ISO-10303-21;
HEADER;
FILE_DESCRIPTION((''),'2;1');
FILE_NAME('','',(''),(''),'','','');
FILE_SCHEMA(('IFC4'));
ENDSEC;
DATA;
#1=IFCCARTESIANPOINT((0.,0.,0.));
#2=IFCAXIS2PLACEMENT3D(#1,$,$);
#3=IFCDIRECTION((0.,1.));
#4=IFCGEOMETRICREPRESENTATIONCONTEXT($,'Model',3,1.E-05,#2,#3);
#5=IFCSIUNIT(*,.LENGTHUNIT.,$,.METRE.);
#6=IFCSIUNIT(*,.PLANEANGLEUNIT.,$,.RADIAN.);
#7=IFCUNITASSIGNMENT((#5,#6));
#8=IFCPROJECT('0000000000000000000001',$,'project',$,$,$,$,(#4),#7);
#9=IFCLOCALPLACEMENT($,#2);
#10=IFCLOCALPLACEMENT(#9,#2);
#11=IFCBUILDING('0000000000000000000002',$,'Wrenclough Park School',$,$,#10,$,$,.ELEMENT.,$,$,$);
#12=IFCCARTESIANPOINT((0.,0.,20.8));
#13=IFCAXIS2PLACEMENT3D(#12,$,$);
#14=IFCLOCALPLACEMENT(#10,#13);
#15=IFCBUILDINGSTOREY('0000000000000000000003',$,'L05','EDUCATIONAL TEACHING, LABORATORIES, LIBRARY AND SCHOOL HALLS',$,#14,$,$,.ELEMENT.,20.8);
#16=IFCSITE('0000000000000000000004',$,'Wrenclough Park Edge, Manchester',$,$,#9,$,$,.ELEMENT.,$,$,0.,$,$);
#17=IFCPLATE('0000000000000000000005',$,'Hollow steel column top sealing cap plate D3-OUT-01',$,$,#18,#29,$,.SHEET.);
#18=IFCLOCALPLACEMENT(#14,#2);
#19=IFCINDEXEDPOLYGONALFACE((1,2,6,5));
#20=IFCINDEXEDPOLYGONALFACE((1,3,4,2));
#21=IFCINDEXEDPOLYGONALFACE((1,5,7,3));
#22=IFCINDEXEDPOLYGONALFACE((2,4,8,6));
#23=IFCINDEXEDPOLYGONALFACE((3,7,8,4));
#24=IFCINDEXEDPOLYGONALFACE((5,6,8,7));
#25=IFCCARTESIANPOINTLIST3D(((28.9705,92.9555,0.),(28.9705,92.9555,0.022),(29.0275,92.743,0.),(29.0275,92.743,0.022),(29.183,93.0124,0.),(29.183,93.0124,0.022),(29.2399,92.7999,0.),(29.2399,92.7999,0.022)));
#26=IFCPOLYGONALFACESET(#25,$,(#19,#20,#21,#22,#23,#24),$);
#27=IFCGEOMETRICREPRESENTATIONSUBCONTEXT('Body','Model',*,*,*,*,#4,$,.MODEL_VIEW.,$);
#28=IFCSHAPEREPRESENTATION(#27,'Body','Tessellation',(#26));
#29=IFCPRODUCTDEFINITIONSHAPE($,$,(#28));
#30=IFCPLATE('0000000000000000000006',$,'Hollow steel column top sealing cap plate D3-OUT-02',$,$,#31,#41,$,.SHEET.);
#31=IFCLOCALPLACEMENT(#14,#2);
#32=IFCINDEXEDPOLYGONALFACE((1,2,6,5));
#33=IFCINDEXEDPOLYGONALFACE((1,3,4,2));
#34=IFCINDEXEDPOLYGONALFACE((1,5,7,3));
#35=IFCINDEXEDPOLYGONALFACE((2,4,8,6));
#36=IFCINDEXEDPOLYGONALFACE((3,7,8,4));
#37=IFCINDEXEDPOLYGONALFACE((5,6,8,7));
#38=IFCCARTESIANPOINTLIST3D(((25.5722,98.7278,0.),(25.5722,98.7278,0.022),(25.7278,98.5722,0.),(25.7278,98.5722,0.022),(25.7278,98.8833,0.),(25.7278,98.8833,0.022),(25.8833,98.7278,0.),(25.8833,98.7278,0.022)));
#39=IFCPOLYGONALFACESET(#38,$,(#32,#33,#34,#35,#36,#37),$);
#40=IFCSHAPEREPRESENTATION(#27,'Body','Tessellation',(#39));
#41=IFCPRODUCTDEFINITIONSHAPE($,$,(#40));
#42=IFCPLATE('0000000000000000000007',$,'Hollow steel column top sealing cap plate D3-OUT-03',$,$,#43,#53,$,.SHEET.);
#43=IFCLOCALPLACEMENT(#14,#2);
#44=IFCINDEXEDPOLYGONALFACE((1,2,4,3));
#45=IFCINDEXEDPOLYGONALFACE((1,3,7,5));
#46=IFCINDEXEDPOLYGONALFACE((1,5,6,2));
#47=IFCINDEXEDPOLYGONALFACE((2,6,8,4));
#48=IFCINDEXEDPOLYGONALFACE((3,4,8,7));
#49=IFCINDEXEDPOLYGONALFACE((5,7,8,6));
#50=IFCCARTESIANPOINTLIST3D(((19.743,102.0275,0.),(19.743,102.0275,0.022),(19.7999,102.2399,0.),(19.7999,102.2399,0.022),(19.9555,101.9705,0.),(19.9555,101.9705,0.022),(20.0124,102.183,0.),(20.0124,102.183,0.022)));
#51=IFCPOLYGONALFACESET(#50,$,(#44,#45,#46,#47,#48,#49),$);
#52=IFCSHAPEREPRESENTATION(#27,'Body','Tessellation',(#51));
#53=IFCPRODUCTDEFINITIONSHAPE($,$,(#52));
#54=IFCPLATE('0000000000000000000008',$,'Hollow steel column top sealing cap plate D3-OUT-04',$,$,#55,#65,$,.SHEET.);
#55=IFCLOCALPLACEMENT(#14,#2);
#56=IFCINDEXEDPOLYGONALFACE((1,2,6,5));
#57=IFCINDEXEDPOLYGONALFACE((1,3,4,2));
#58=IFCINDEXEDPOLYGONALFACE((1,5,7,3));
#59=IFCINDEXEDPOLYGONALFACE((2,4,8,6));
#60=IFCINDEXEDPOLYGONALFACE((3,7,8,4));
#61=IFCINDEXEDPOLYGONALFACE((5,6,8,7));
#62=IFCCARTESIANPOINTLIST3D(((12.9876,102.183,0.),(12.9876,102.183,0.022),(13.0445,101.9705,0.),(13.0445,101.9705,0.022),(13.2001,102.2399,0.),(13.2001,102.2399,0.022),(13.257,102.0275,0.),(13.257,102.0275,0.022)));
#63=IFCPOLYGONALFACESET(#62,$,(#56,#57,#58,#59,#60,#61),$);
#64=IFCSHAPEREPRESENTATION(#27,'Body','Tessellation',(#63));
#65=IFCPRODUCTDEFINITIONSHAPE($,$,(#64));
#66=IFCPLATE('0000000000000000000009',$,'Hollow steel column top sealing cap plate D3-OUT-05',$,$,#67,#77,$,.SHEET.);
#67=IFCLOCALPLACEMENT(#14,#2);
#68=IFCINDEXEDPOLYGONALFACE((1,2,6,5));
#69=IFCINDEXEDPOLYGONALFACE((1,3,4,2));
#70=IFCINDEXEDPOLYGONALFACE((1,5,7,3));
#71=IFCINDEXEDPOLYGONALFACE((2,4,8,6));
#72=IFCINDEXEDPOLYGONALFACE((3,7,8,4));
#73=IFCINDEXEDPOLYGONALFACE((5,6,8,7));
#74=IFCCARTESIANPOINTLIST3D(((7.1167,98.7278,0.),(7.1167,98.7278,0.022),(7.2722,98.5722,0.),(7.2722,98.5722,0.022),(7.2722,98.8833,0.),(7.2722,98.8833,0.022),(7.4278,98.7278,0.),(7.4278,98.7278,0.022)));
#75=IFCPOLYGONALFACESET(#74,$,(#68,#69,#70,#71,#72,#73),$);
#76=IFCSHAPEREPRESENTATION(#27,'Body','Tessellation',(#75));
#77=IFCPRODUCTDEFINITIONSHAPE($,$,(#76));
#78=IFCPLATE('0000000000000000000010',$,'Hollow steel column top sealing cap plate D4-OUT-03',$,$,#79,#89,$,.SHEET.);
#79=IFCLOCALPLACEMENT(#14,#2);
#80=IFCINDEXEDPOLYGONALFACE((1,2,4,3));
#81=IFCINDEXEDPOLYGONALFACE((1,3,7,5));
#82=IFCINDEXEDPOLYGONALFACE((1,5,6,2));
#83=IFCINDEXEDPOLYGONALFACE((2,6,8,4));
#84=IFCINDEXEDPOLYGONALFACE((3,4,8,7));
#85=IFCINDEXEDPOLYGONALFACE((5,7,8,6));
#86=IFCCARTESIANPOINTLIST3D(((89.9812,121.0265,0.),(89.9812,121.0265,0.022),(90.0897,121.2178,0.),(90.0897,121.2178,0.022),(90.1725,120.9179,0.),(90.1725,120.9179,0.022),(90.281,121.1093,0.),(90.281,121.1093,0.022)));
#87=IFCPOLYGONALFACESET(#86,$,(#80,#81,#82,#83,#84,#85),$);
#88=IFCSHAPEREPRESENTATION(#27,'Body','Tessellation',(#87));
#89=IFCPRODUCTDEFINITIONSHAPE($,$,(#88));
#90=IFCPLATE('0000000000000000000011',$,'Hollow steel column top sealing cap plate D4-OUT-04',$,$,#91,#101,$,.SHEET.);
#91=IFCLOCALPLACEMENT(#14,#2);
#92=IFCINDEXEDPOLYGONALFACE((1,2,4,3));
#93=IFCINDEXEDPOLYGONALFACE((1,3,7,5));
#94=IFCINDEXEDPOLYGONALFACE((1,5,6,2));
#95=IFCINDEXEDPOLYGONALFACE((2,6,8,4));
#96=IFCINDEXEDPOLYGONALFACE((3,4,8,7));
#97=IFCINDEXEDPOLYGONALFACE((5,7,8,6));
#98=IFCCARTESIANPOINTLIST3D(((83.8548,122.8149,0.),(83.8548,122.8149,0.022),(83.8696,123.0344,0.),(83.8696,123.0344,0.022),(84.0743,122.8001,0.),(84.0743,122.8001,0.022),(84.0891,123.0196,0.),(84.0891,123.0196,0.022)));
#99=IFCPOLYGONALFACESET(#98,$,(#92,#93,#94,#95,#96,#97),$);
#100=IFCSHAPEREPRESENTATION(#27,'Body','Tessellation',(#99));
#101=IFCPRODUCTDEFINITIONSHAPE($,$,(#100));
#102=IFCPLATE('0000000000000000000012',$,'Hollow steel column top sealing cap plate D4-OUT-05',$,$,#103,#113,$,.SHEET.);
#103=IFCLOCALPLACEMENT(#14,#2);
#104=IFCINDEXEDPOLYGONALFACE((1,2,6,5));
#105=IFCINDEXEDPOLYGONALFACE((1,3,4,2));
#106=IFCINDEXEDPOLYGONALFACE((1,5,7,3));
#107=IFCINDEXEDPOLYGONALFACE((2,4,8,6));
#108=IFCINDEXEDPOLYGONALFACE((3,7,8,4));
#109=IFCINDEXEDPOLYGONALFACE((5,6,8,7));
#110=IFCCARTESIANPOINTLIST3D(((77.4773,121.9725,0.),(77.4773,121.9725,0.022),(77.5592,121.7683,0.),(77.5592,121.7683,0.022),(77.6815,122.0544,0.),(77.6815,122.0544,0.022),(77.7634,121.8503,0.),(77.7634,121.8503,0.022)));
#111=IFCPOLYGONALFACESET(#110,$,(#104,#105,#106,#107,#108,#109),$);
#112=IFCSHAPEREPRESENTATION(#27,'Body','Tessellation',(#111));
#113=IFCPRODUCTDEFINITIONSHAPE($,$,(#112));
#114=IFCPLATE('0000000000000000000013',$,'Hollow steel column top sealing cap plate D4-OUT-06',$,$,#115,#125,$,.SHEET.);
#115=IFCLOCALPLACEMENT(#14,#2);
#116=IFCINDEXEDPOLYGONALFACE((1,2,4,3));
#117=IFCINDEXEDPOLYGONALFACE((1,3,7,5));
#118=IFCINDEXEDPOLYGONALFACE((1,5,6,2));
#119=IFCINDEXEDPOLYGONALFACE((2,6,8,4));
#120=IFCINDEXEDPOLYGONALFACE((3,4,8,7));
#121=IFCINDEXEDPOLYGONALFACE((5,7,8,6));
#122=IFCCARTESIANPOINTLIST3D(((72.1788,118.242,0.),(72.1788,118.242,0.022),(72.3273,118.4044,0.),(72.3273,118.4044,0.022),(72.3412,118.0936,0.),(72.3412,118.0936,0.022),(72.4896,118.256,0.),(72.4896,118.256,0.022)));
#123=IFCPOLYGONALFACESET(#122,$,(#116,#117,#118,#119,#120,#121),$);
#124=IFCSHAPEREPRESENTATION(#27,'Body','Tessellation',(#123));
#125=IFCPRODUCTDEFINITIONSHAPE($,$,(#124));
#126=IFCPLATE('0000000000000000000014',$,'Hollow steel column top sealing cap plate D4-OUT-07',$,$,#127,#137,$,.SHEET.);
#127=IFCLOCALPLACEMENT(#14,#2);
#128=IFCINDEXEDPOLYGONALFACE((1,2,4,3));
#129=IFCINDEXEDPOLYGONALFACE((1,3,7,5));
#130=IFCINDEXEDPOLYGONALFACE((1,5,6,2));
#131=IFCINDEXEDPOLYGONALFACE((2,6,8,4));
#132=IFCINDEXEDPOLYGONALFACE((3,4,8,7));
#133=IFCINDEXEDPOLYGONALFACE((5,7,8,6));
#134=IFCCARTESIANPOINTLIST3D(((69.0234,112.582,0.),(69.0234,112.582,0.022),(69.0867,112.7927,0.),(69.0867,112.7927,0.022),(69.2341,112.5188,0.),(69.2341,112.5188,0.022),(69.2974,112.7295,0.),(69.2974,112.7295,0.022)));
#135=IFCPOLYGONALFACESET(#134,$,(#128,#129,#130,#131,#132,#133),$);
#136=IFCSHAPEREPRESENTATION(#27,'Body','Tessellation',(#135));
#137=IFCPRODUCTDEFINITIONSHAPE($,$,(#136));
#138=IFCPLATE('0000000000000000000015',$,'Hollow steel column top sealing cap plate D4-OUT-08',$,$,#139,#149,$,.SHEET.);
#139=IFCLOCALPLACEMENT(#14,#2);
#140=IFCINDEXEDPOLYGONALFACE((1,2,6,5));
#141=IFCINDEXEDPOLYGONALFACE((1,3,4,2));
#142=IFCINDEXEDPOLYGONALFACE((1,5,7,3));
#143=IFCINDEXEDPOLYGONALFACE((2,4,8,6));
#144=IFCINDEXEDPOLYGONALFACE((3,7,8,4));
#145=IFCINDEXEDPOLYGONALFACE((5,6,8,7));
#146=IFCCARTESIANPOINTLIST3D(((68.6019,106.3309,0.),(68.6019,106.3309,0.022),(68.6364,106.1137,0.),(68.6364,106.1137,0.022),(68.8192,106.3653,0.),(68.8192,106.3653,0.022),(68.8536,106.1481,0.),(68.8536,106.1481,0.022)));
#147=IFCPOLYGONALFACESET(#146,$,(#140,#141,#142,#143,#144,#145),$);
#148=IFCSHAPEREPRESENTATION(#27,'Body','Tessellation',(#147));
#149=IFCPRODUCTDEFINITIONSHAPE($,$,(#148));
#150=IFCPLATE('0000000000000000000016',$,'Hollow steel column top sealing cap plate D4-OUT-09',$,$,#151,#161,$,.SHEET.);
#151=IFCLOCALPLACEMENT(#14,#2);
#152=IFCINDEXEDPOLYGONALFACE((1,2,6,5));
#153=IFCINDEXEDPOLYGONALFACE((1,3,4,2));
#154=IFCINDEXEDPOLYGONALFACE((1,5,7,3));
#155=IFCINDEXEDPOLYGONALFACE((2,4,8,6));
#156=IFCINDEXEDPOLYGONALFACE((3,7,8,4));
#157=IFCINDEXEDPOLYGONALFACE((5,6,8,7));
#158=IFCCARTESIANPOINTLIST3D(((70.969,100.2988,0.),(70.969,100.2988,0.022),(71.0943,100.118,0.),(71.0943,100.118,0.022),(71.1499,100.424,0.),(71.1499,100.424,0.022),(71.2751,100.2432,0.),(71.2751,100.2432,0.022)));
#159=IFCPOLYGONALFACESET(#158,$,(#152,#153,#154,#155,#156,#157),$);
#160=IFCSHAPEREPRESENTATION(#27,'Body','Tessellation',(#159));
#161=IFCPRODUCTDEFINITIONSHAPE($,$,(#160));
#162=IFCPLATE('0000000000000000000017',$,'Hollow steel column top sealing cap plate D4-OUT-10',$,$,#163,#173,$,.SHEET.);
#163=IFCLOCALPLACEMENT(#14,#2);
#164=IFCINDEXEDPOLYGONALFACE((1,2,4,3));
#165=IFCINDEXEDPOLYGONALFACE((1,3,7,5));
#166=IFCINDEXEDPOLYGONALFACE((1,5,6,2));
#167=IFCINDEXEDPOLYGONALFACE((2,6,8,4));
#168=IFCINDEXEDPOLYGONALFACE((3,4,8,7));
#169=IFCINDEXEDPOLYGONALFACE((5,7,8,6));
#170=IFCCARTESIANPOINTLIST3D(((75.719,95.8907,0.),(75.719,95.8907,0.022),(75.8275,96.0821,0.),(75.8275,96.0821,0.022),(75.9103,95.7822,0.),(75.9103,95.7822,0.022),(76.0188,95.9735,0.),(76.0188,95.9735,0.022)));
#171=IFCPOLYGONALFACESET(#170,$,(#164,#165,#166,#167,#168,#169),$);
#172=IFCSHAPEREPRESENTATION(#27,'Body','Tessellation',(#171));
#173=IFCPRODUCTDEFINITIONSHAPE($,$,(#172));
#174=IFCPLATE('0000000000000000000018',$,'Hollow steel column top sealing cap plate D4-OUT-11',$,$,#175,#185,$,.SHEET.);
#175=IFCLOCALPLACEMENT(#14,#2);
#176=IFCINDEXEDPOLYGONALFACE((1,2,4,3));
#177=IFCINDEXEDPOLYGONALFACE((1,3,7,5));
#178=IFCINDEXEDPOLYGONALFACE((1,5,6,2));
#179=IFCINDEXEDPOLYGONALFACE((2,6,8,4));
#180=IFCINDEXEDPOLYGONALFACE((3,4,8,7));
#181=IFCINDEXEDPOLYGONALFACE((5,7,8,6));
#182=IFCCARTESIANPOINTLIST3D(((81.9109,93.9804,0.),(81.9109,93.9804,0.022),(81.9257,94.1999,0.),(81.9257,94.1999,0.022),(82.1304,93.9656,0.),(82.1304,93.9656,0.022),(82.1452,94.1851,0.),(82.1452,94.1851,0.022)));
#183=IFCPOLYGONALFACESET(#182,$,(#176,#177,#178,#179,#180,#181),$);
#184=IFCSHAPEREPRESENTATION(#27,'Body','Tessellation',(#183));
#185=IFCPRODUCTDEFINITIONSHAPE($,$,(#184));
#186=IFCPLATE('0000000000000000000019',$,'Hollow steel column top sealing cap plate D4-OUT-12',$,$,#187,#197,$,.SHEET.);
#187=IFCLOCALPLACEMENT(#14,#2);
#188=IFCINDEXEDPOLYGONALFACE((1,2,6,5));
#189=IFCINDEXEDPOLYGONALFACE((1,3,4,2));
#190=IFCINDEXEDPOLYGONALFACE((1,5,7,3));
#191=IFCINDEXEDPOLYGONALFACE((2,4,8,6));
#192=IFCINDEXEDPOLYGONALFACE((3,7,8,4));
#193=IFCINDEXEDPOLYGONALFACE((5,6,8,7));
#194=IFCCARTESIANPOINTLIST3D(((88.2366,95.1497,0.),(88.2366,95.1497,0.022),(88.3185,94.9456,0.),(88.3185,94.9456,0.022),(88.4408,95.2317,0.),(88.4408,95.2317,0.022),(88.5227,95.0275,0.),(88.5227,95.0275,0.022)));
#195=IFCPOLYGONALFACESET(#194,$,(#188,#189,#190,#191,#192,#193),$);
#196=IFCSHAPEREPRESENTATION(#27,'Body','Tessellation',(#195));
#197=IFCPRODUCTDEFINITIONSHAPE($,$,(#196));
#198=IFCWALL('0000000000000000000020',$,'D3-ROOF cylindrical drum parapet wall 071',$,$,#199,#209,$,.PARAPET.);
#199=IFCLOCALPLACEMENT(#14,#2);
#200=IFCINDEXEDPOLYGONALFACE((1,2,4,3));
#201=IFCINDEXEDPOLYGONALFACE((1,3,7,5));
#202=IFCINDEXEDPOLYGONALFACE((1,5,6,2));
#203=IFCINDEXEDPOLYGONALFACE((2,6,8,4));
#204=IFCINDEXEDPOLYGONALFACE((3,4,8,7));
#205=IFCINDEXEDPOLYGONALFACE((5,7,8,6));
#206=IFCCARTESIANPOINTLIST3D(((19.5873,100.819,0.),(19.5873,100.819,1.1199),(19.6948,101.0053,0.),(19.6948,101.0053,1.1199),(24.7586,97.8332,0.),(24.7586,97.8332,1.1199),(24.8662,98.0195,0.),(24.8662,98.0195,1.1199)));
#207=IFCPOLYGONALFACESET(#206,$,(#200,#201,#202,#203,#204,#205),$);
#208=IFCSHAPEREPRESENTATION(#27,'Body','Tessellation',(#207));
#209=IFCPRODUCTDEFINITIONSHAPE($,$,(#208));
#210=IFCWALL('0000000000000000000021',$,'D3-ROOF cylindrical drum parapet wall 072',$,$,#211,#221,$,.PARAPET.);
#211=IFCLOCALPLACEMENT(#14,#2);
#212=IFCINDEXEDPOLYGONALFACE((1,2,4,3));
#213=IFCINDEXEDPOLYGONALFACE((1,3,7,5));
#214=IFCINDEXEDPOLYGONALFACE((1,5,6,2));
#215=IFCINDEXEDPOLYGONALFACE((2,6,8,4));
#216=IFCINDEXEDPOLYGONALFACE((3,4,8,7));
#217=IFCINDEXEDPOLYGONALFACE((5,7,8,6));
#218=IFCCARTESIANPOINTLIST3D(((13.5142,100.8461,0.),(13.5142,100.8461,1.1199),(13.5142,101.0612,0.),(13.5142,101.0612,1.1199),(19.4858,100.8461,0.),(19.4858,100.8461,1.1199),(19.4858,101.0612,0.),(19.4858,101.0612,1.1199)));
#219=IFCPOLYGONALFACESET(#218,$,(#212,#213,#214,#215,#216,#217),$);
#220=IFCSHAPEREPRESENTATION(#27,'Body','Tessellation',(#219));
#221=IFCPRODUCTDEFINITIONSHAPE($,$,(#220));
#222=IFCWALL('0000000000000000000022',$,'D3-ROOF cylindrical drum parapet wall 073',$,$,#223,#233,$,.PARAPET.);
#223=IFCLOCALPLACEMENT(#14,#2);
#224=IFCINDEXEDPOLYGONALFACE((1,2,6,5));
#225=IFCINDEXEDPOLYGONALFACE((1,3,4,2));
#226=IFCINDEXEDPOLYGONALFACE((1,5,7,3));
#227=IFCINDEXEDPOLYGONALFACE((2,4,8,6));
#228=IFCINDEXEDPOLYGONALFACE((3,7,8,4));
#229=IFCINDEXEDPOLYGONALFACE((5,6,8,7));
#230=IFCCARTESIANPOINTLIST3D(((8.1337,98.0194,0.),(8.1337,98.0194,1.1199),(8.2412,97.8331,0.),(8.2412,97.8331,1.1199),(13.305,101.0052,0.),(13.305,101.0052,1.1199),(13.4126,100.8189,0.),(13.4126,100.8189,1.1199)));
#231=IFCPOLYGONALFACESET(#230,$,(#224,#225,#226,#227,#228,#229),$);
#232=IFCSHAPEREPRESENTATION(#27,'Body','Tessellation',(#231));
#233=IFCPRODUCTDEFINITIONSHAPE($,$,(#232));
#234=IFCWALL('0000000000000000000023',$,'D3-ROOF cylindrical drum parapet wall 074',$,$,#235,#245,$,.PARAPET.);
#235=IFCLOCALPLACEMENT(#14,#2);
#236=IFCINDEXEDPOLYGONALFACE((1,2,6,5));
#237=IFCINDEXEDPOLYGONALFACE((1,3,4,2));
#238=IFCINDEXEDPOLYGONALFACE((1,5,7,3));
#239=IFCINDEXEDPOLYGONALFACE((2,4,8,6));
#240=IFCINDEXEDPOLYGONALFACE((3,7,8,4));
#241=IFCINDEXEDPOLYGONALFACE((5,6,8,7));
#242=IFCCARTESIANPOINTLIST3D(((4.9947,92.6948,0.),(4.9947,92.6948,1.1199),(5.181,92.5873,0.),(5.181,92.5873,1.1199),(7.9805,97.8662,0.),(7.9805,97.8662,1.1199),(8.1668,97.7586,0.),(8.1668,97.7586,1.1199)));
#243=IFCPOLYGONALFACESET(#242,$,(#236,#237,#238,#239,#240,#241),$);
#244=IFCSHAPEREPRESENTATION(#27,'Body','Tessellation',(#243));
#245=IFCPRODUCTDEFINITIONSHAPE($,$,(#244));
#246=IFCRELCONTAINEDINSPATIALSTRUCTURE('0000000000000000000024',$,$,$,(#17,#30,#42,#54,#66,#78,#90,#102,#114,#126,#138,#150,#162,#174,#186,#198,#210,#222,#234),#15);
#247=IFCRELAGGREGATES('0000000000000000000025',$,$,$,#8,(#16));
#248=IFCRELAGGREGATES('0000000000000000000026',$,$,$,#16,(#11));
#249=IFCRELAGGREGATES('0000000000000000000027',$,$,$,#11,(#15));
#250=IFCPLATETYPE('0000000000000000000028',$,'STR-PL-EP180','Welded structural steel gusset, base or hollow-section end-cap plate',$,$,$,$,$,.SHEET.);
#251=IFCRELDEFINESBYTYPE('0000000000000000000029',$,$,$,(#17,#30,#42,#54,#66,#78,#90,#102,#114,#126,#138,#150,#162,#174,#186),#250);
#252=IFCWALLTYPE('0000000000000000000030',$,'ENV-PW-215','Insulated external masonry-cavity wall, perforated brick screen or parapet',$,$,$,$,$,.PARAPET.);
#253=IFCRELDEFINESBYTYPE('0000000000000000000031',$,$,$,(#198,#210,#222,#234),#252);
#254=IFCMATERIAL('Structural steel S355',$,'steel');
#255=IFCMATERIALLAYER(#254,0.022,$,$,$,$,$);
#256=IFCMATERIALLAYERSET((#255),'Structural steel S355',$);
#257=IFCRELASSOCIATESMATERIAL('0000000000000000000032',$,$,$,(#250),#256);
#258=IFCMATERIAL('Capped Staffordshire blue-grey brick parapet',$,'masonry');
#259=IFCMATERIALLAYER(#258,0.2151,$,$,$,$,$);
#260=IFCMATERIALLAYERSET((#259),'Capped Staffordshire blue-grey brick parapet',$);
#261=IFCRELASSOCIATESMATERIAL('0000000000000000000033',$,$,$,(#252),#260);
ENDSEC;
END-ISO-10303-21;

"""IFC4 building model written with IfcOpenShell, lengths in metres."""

from ifc_helpers import new_model, si_unit, direction, frame, frame_2d, origin, origin_2d, place, context, subcontext, project, spatial, rectangle, extrude, material, layer, layer_set, type_object, element, save


model = new_model("IFC4")

# Units and contexts
model_context = context("Model", 3, precision=1e-05, world=origin(), true_north=direction((0.0, 1.0)))
body_context = subcontext(model_context, "Body", "Model", "MODEL_VIEW")
ifc_project = project(units=[si_unit("LENGTHUNIT", "METRE"), si_unit("PLANEANGLEUNIT", "RADIAN")], contexts=[model_context])

# Site, building, storey
site_placement = place(None, origin())
site = spatial("IfcSite", under=ifc_project, at=site_placement, Name="Wrenclough Park Edge, Manchester", CompositionType="ELEMENT", RefElevation=0.0)
building_placement = place(site_placement, origin())
building = spatial("IfcBuilding", under=site, at=building_placement, Name="Wrenclough Park School", CompositionType="ELEMENT")
storey_placement = place(building_placement, frame((0.0, 0.0, 20.8)))
storey = spatial("IfcBuildingStorey", under=building, at=storey_placement, Name="L05", Description="EDUCATIONAL TEACHING, LABORATORIES, LIBRARY AND SCHOOL HALLS", CompositionType="ELEMENT", Elevation=20.8)

# Plates
ifc_material_1 = material(Name="Structural steel S355", Category="steel")
ifc_layer_1 = layer(ifc_material_1, 0.022)
ifc_layer_set_1 = layer_set([ifc_layer_1], Name="Structural steel S355")
plate_type = type_object("IfcPlateType", Name="STR-PL-EP180", Description="Welded structural steel gusset, base or hollow-section end-cap plate", PredefinedType="SHEET", material=ifc_layer_set_1)
for number, where, z_axis, x_axis, name in (
    (1, (29.1052, 92.8777, 0.0), (0.0, 0.0, 1.0), (-0.258819, 0.965926, 0.0), "Hollow steel column top sealing cap plate D3-OUT-01"),
    (2, (25.7278, 98.7278, 0.0), (0.0, 0.0, 1.0), (-0.707107, 0.707107, 0.0), "Hollow steel column top sealing cap plate D3-OUT-02"),
    (3, (19.8777, 102.1052, 0.0), (0.0, 0.0, 1.0), (-0.965926, 0.258819, 0.0), "Hollow steel column top sealing cap plate D3-OUT-03"),
    (4, (13.1223, 102.1052, 0.0), (0.0, 0.0, 1.0), (-0.965926, -0.258819, 0.0), "Hollow steel column top sealing cap plate D3-OUT-04"),
    (5, (7.2722, 98.7278, 0.0), (0.0, 0.0, 1.0), (-0.707107, -0.707107, 0.0), "Hollow steel column top sealing cap plate D3-OUT-05"),
    (6, (90.1311, 121.0679, 0.0), (0.0, 0.0, 1.0), (-0.869753, 0.493487, 0.0), "Hollow steel column top sealing cap plate D4-OUT-03"),
    (7, (83.9719, 122.9172, 0.0), (0.0, 0.0, 1.0), (-0.997732, 0.067319, 0.0), "Hollow steel column top sealing cap plate D4-OUT-04"),
    (8, (77.6204, 121.9114, 0.0), (0.0, 0.0, 1.0), (-0.928096, -0.37234, 0.0), "Hollow steel column top sealing cap plate D4-OUT-05"),
    (9, (72.3342, 118.249, 0.0), (0.0, 0.0, 1.0), (-0.674689, -0.738102, 0.0), "Hollow steel column top sealing cap plate D4-OUT-06"),
    (10, (69.1604, 112.6558, 0.0), (0.0, 0.0, 1.0), (-0.287528, -0.957772, 0.0), "Hollow steel column top sealing cap plate D4-OUT-07"),
    (11, (68.7278, 106.2395, 0.0), (0.0, 0.0, 1.0), (0.156434, -0.987688, 0.0), "Hollow steel column top sealing cap plate D4-OUT-08"),
    (12, (71.1221, 100.271, 0.0), (0.0, 0.0, 1.0), (0.569423, -0.822045, 0.0), "Hollow steel column top sealing cap plate D4-OUT-09"),
    (13, (75.8689, 95.9321, 0.0), (0.0, 0.0, 1.0), (0.869753, -0.493487, 0.0), "Hollow steel column top sealing cap plate D4-OUT-10"),
    (14, (82.0281, 94.0828, 0.0), (0.0, 0.0, 1.0), (0.997732, -0.067319, 0.0), "Hollow steel column top sealing cap plate D4-OUT-11"),
    (15, (88.3796, 95.0886, 0.0), (0.0, 0.0, 1.0), (0.928096, 0.37234, 0.0), "Hollow steel column top sealing cap plate D4-OUT-12"),
):
    element("IfcPlate", number, at=place(storey_placement, frame(where, z_axis=z_axis, x_axis=x_axis)), inside=storey, type_object=plate_type, Name=name, PredefinedType="SHEET", context=body_context, shape_type="SweptSolid", body=[
        extrude(rectangle(XDim=0.22, YDim=0.22, at=origin_2d()), origin(), (0.0, 0.0, 1.0), 0.022),
    ])

# Walls
ifc_material_2 = material(Name="Capped Staffordshire blue-grey brick parapet", Category="masonry")
ifc_layer_2 = layer(ifc_material_2, 0.2151)
ifc_layer_set_2 = layer_set([ifc_layer_2], Name="Capped Staffordshire blue-grey brick parapet")
wall_type_1 = type_object("IfcWallType", Name="ENV-PW-215", Description="Insulated external masonry-cavity wall, perforated brick screen or parapet", PredefinedType="PARAPET", material=ifc_layer_set_2)
wall_1_placement = place(storey_placement, frame((24.8125, 97.9263, 0.0), z_axis=(0.0, 0.0, 1.0), x_axis=(-0.866015, 0.500017, 0.0)))
element("IfcWall", 16, at=wall_1_placement, inside=storey, type_object=wall_type_1, Name="D3-ROOF cylindrical drum parapet wall 071", PredefinedType="PARAPET", context=body_context, shape_type="SweptSolid", body=[
    extrude(rectangle(XDim=5.9714, YDim=0.2151, at=frame_2d((2.9858, 0.0))), origin(), (0.0, 0.0, 1.0), 1.1199),
])
wall_2_placement = place(storey_placement, frame((19.4858, 100.9536, 0.0), z_axis=(0.0, 0.0, 1.0), x_axis=(-1.0, 0.0, 0.0)))
element("IfcWall", 17, at=wall_2_placement, inside=storey, type_object=wall_type_1, Name="D3-ROOF cylindrical drum parapet wall 072", PredefinedType="PARAPET", context=body_context, shape_type="SweptSolid", body=[
    extrude(rectangle(XDim=5.9717, YDim=0.2151, at=frame_2d((2.9858, 0.0))), origin(), (0.0, 0.0, 1.0), 1.1199),
])
for number, where, z_axis, x_axis, name in (
    (18, (13.3589, 100.9121, 0.0), (0.0, 0.0, 1.0), (-0.866015, -0.500017, 0.0), "D3-ROOF cylindrical drum parapet wall 073"),
    (19, (8.0737, 97.8125, 0.0), (0.0, 0.0, 1.0), (-0.500017, -0.866015, 0.0), "D3-ROOF cylindrical drum parapet wall 074"),
):
    element("IfcWall", number, at=place(storey_placement, frame(where, z_axis=z_axis, x_axis=x_axis)), inside=storey, type_object=wall_type_1, Name=name, PredefinedType="PARAPET", context=body_context, shape_type="SweptSolid", body=[
        extrude(rectangle(XDim=5.9714, YDim=0.2151, at=frame_2d((2.9858, 0.0))), origin(), (0.0, 0.0, 1.0), 1.1199),
    ])

save(model, "model.ifc")
